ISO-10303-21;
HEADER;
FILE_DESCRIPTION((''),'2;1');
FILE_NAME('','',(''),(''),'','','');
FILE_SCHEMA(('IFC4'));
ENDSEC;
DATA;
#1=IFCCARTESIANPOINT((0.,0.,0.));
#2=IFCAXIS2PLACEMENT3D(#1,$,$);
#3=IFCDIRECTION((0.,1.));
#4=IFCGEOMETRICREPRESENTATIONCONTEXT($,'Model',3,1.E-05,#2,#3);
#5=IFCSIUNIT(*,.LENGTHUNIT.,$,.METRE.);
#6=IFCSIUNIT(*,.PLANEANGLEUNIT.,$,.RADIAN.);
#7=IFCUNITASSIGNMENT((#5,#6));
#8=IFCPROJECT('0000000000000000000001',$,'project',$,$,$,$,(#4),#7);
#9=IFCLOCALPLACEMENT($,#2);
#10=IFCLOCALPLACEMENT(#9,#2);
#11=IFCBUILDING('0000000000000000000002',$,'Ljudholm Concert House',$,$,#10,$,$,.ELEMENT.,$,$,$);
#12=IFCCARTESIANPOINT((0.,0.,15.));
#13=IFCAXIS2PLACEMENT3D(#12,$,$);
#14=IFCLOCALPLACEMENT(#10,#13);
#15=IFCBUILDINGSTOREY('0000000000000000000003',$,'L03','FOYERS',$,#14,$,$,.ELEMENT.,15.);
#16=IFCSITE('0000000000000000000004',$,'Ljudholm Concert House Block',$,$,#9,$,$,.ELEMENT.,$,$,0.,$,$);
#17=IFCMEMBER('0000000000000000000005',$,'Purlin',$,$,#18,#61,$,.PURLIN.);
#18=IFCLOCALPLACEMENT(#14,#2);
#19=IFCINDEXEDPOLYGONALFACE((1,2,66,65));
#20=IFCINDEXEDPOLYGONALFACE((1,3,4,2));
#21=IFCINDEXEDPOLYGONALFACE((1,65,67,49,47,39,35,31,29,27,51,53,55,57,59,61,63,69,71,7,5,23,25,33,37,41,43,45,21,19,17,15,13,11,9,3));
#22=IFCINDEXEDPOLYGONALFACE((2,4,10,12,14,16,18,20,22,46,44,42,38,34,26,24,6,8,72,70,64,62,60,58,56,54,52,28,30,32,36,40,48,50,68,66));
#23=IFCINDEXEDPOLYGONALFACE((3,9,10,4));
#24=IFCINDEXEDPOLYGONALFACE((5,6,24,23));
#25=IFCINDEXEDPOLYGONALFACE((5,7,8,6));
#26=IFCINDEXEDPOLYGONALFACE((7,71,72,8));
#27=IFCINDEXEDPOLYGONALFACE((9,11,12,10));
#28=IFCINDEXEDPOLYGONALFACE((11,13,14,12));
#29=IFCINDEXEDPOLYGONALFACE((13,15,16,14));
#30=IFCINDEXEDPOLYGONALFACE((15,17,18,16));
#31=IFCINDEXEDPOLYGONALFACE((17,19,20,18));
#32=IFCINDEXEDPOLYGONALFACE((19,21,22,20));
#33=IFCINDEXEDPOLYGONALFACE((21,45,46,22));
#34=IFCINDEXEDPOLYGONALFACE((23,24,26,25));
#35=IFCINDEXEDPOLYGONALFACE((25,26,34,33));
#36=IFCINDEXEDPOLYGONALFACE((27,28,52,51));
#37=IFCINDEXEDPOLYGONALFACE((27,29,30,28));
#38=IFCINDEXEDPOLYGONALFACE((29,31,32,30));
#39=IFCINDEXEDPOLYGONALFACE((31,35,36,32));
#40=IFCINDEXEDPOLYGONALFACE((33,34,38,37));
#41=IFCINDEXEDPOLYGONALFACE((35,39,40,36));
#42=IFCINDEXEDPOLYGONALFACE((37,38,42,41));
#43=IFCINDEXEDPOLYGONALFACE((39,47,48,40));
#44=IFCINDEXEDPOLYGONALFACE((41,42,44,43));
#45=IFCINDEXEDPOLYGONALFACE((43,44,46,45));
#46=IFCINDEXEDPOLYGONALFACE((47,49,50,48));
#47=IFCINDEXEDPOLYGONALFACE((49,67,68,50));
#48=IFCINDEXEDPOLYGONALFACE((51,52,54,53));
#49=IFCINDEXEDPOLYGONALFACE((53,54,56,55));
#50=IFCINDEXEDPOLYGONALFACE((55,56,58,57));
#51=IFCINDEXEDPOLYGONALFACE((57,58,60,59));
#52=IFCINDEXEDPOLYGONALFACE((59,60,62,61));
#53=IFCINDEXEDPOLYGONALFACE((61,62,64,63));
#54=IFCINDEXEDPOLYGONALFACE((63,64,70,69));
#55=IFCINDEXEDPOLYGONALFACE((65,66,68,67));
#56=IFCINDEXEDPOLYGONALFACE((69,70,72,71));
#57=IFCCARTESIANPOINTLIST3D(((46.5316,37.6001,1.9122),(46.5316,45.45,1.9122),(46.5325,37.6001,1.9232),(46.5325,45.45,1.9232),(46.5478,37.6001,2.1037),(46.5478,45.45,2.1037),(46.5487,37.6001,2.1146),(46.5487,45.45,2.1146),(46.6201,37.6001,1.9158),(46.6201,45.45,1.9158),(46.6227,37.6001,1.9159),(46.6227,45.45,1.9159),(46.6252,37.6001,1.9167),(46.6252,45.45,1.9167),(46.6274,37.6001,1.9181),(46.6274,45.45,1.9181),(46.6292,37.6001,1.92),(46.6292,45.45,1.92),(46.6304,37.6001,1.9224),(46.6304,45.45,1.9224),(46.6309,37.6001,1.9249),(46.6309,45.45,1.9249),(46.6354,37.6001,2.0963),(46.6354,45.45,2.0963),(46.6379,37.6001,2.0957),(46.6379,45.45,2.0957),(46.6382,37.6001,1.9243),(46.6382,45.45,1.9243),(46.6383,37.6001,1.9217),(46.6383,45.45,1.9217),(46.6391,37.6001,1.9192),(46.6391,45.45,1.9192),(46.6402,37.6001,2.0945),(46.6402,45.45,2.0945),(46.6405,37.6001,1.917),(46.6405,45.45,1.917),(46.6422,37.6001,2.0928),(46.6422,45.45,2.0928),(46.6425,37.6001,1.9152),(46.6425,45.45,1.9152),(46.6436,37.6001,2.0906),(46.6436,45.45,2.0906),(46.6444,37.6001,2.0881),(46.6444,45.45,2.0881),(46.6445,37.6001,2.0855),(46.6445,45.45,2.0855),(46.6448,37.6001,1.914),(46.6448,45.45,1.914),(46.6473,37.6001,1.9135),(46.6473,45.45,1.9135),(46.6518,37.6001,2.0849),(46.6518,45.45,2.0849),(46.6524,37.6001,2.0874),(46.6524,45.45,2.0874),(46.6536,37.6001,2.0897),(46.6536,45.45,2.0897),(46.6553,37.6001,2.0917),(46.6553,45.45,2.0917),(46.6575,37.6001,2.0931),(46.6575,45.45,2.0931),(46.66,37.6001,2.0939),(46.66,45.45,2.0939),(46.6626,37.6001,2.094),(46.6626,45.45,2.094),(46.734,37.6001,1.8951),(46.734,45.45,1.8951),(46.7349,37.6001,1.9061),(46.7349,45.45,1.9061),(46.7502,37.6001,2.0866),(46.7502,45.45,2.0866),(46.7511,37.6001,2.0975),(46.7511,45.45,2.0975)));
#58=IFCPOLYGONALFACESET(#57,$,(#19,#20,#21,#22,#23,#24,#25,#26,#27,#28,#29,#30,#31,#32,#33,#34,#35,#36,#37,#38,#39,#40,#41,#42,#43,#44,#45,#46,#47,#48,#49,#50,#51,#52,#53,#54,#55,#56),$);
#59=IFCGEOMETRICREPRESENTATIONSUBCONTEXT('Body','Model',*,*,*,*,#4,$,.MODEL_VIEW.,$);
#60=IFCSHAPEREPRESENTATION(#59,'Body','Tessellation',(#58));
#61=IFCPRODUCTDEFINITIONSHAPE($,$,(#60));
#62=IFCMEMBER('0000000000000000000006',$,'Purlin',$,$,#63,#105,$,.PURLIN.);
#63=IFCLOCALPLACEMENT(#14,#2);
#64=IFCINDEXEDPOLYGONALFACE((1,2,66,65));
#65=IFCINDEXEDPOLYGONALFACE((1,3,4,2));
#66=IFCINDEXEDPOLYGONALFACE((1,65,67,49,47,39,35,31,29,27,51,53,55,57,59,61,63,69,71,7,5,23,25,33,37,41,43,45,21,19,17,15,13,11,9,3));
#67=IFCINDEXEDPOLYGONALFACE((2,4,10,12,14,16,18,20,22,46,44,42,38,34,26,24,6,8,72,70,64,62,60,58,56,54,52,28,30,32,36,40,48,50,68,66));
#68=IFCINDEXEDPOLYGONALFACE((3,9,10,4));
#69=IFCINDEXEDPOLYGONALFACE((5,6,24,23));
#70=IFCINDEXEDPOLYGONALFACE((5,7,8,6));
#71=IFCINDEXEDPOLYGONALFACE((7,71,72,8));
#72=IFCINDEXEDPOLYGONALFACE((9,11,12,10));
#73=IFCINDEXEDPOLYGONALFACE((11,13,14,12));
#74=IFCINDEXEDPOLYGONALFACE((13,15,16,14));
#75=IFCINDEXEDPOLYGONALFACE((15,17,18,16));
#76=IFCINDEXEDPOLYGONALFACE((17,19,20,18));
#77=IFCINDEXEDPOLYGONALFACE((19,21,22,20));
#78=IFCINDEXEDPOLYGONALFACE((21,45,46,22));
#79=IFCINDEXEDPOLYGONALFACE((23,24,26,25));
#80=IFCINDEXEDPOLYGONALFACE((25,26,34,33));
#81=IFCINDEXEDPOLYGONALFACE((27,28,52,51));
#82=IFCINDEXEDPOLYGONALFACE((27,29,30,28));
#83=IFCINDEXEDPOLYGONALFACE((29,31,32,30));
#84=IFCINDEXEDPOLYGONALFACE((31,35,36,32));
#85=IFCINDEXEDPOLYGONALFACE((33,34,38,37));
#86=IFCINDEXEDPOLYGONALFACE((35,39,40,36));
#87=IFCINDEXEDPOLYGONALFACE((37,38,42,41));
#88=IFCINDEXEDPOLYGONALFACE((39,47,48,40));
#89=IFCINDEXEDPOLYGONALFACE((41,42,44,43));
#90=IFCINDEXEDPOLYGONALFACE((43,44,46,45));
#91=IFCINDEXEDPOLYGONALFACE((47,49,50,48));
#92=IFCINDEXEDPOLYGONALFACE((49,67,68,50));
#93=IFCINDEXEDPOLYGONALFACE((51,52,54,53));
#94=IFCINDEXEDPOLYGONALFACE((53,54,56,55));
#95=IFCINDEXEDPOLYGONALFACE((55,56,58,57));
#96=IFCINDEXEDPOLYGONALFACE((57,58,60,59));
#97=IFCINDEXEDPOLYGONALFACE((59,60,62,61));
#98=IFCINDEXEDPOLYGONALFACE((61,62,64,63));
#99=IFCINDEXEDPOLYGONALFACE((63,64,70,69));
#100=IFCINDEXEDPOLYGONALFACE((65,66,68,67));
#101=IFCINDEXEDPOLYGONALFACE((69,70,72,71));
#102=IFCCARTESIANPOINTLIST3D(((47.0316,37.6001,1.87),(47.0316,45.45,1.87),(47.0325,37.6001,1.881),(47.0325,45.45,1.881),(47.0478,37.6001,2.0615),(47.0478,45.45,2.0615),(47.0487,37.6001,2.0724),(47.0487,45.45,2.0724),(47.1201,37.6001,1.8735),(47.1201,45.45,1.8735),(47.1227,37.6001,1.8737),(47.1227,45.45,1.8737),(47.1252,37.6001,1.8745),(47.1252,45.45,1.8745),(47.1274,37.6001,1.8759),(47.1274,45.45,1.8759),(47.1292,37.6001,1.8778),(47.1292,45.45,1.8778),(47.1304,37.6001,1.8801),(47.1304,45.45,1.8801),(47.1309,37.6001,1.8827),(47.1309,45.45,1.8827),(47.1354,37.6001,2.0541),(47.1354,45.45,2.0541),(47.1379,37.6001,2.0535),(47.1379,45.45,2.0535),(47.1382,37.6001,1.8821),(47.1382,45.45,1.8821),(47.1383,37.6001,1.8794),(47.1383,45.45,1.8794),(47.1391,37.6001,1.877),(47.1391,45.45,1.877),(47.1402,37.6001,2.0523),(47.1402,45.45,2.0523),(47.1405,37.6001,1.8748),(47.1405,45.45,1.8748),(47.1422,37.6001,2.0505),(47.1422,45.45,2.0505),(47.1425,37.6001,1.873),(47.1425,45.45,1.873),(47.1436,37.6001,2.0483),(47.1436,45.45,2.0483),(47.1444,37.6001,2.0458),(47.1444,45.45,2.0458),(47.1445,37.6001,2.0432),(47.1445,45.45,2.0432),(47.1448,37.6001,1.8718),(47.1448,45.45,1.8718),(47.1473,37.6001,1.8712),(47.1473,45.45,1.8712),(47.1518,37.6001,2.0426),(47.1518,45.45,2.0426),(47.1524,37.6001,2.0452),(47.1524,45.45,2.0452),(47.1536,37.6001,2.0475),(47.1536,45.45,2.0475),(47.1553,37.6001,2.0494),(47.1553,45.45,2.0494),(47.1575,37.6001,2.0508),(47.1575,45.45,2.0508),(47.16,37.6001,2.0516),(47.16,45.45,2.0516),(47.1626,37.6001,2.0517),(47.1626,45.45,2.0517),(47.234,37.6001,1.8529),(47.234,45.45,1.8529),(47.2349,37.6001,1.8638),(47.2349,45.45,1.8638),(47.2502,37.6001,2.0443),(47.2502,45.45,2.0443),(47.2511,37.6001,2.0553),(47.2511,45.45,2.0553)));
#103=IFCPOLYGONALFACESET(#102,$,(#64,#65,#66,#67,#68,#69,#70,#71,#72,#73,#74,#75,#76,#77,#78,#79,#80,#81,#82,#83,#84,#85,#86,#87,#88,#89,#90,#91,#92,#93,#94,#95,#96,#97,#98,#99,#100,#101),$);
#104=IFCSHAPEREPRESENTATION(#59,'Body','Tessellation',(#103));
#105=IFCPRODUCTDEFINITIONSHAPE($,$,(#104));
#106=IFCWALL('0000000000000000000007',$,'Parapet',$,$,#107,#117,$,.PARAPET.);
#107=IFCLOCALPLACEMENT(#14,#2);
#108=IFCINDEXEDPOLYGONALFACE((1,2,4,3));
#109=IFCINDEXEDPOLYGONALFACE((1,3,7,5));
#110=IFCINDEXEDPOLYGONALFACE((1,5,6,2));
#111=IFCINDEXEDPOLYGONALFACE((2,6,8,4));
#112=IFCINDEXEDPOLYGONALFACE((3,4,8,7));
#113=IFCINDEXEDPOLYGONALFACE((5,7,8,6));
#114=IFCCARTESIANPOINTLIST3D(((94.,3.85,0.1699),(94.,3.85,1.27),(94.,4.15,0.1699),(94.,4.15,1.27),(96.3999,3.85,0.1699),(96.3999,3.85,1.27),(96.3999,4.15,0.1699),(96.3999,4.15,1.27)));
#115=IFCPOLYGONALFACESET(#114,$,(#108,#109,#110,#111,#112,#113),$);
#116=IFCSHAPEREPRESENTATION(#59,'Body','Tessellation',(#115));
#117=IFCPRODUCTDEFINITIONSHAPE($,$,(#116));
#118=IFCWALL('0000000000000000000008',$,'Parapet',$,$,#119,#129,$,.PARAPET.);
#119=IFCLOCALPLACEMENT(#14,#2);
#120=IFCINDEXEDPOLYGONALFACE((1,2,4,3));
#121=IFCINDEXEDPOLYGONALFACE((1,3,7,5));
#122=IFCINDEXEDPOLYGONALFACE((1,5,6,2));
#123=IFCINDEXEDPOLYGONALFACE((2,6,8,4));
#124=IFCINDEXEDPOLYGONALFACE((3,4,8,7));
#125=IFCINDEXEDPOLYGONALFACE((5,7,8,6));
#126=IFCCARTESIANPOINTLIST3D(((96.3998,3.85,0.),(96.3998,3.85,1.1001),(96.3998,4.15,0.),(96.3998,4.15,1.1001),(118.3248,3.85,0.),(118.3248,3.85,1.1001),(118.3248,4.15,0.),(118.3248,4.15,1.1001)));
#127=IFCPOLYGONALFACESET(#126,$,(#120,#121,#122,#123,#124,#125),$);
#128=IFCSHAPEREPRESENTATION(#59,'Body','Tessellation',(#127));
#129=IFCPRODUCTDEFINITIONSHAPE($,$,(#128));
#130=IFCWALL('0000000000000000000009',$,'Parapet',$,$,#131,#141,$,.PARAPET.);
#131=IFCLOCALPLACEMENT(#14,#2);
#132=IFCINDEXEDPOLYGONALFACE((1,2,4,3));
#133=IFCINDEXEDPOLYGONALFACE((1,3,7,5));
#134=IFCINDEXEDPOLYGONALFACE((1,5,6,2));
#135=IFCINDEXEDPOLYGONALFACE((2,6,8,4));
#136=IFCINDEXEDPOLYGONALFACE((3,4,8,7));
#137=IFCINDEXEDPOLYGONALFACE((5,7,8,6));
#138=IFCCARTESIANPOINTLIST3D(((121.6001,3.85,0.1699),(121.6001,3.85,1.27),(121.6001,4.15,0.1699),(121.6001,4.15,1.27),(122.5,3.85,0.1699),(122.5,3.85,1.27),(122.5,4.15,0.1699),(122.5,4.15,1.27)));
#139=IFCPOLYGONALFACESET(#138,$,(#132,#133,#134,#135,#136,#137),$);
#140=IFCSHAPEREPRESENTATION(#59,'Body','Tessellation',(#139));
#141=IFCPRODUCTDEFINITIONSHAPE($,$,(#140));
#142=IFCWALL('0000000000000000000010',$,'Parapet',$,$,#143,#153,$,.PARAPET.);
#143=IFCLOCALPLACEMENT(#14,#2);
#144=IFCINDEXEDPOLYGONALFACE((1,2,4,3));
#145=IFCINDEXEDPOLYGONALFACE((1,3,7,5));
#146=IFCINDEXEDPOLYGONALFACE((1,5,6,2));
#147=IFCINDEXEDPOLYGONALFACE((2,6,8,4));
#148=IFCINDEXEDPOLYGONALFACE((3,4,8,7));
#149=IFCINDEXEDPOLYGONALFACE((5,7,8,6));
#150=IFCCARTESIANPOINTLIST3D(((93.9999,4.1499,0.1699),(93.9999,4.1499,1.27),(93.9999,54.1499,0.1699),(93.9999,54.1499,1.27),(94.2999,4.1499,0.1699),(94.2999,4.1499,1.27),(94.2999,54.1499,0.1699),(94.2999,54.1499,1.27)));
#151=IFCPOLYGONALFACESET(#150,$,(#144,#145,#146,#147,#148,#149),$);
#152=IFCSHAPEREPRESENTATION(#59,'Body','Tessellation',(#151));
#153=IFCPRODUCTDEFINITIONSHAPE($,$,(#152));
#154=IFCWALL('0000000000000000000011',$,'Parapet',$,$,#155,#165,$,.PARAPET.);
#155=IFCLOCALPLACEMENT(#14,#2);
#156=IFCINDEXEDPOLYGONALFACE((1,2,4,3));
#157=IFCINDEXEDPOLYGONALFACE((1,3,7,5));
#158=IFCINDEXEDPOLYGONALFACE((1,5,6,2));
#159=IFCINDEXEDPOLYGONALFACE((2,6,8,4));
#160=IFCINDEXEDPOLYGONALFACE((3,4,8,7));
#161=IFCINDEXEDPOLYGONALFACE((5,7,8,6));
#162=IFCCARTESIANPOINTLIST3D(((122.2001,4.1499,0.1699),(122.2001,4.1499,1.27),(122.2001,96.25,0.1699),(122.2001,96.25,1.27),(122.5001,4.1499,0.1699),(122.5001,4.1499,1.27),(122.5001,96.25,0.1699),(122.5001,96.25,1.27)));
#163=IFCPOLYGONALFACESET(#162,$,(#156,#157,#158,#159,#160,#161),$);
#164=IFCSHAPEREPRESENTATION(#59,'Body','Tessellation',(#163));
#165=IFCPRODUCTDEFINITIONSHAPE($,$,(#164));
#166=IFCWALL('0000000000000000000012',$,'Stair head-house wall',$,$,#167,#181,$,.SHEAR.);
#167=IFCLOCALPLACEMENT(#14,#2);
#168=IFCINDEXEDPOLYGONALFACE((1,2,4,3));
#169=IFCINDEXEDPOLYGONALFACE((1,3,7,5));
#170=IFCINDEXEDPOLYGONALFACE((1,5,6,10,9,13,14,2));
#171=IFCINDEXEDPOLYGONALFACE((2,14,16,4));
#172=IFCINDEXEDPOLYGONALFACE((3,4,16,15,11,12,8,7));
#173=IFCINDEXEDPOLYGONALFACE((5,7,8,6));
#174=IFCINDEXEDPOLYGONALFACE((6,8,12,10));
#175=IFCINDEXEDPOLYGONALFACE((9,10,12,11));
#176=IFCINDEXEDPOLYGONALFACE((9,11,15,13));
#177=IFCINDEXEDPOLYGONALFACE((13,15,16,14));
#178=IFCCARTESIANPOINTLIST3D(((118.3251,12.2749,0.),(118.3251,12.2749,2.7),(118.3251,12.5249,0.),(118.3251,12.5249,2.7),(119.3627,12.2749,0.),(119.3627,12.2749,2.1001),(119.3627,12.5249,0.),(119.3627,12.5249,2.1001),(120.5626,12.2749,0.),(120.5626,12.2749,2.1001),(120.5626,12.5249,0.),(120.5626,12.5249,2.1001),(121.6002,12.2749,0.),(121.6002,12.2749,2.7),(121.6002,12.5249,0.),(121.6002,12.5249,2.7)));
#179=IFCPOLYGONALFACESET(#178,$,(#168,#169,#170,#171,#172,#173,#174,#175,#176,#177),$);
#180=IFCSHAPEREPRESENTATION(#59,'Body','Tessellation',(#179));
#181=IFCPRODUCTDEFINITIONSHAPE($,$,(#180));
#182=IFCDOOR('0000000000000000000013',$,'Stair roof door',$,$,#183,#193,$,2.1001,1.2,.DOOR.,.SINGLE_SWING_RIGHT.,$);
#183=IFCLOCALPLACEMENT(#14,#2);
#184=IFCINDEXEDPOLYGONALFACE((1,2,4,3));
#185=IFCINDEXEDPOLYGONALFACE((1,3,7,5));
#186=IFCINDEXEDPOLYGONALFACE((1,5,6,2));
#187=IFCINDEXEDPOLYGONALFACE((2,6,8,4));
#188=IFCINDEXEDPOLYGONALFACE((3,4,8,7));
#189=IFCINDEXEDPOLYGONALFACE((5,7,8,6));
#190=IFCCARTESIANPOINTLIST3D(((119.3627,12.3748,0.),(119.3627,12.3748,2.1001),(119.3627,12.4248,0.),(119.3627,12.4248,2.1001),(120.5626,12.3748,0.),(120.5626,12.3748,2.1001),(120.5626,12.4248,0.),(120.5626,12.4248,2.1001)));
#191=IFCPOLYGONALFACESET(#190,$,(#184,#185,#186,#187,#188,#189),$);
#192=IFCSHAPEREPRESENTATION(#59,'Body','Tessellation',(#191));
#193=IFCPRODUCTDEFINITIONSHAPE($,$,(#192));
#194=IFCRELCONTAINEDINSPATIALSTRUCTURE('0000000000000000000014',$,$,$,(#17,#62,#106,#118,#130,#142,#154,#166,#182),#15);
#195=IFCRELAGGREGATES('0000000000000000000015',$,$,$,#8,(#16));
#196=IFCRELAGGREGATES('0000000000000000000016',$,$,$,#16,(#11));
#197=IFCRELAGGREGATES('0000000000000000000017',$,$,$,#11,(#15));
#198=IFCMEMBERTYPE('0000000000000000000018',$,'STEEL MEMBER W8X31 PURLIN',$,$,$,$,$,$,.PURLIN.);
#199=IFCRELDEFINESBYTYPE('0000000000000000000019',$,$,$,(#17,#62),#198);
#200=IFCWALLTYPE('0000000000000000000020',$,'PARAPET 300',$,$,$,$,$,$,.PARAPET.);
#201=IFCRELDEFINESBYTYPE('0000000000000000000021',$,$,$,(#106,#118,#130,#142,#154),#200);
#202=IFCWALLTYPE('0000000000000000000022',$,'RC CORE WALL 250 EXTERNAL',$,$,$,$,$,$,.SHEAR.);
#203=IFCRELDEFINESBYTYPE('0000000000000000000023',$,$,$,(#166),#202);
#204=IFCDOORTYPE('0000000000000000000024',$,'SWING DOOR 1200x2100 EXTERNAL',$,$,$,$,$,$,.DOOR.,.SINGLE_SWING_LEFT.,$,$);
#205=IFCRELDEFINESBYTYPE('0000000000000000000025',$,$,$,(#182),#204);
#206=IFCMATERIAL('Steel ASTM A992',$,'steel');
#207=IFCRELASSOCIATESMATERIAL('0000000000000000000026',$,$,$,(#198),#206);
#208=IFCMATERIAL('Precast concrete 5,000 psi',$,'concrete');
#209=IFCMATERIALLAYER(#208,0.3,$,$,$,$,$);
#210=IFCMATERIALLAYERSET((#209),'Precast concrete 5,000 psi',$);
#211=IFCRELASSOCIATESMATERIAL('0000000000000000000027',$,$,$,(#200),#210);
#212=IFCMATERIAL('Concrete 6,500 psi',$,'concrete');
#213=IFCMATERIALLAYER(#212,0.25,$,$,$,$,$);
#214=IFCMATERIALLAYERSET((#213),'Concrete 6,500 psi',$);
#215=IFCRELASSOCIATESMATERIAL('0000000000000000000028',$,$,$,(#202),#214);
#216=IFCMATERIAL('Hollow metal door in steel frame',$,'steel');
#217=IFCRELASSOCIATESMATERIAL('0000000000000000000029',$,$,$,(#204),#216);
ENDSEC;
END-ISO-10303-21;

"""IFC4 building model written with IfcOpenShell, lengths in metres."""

from ifc_helpers import new_model, si_unit, direction, frame, frame_2d, origin, origin_2d, place, context, subcontext, project, spatial, rectangle, i_section, extrude, material, layer, layer_set, material_profile, profile_set, type_object, element, fill, save


model = new_model("IFC4")

# Units and contexts
model_context = context("Model", 3, precision=1e-05, world=origin(), true_north=direction((0.0, 1.0)))
body_context = subcontext(model_context, "Body", "Model", "MODEL_VIEW")
ifc_project = project(units=[si_unit("LENGTHUNIT", "METRE"), si_unit("PLANEANGLEUNIT", "RADIAN")], contexts=[model_context])

# Site, building, storey
site_placement = place(None, origin())
site = spatial("IfcSite", under=ifc_project, at=site_placement, Name="Ljudholm Concert House Block", CompositionType="ELEMENT", RefElevation=0.0)
building_placement = place(site_placement, origin())
building = spatial("IfcBuilding", under=site, at=building_placement, Name="Ljudholm Concert House", CompositionType="ELEMENT")
storey_placement = place(building_placement, frame((0.0, 0.0, 15.0)))
storey = spatial("IfcBuildingStorey", under=building, at=storey_placement, Name="L03", Description="FOYERS", CompositionType="ELEMENT", Elevation=15.0)

# Members
ifc_material_1 = material(Name="Steel ASTM A992", Category="steel")
ifc_material_profile = material_profile(ifc_material_1, i_section(OverallWidth=0.2031, OverallDepth=0.2031, WebThickness=0.0073, FlangeThickness=0.011, FilletRadius=0.01, at=origin_2d()), Name="W8X31")
ifc_profile_set = profile_set([ifc_material_profile], Name="Steel ASTM A992")
member_type = type_object("IfcMemberType", Name="STEEL MEMBER W8X31 PURLIN", PredefinedType="PURLIN", material=ifc_profile_set)
for number, where, z_axis, x_axis, name in (
    (1, (46.6414, 37.6001, 2.0049), (0.0, 1.0, 0.0), (-0.996441, 0.0, 0.084291), "Purlin"),
    (2, (47.1414, 37.6001, 1.9626), (0.0, 1.0, 0.0), (-0.996441, 0.0, 0.084291), "Purlin"),
):
    element("IfcMember", number, at=place(storey_placement, frame(where, z_axis=z_axis, x_axis=x_axis)), inside=storey, type_object=member_type, Name=name, PredefinedType="PURLIN", context=body_context, shape_type="SweptSolid", body=[
        extrude(i_section(OverallWidth=0.2031, OverallDepth=0.2031, WebThickness=0.0073, FlangeThickness=0.011, FilletRadius=0.01, at=origin_2d()), origin(), (0.0, 0.0, 1.0), 7.8499),
    ])

# Walls
ifc_material_2 = material(Name="Precast concrete 5,000 psi", Category="concrete")
ifc_layer_1 = layer(ifc_material_2, 0.3)
ifc_layer_set_1 = layer_set([ifc_layer_1], Name="Precast concrete 5,000 psi")
wall_type_1 = type_object("IfcWallType", Name="PARAPET 300", PredefinedType="PARAPET", material=ifc_layer_set_1)
wall_1_placement = place(storey_placement, frame((94.0, 4.0, 0.1699), z_axis=(0.0, 0.0, 1.0), x_axis=(1.0, 0.0, 0.0)))
element("IfcWall", 3, at=wall_1_placement, inside=storey, type_object=wall_type_1, Name="Parapet", PredefinedType="PARAPET", context=body_context, shape_type="SweptSolid", body=[
    extrude(rectangle(XDim=2.3999, YDim=0.3, at=frame_2d((1.2, 0.0))), origin(), (0.0, 0.0, 1.0), 1.1001),
])
wall_2_placement = place(storey_placement, frame((96.3999, 4.0, 0.0), z_axis=(0.0, 0.0, 1.0), x_axis=(1.0, 0.0, 0.0)))
element("IfcWall", 4, at=wall_2_placement, inside=storey, type_object=wall_type_1, Name="Parapet", PredefinedType="PARAPET", context=body_context, shape_type="SweptSolid", body=[
    extrude(rectangle(XDim=21.925, YDim=0.3, at=frame_2d((10.9624, 0.0))), origin(), (0.0, 0.0, 1.0), 1.1001),
])
wall_3_placement = place(storey_placement, frame((121.6001, 4.0, 0.1699), z_axis=(0.0, 0.0, 1.0), x_axis=(1.0, 0.0, 0.0)))
element("IfcWall", 5, at=wall_3_placement, inside=storey, type_object=wall_type_1, Name="Parapet", PredefinedType="PARAPET", context=body_context, shape_type="SweptSolid", body=[
    extrude(rectangle(XDim=0.8999, YDim=0.3, at=frame_2d((0.45, 0.0))), origin(), (0.0, 0.0, 1.0), 1.1001),
])
wall_4_placement = place(storey_placement, frame((94.1499, 4.1499, 0.1699), z_axis=(0.0, 0.0, 1.0), x_axis=(0.0, 1.0, 0.0)))
element("IfcWall", 6, at=wall_4_placement, inside=storey, type_object=wall_type_1, Name="Parapet", PredefinedType="PARAPET", context=body_context, shape_type="SweptSolid", body=[
    extrude(rectangle(XDim=50.0, YDim=0.3, at=frame_2d((25.0, 0.0))), origin(), (0.0, 0.0, 1.0), 1.1001),
])
wall_5_placement = place(storey_placement, frame((122.3501, 4.1499, 0.1699), z_axis=(0.0, 0.0, 1.0), x_axis=(0.0, 1.0, 0.0)))
element("IfcWall", 7, at=wall_5_placement, inside=storey, type_object=wall_type_1, Name="Parapet", PredefinedType="PARAPET", context=body_context, shape_type="SweptSolid", body=[
    extrude(rectangle(XDim=92.1001, YDim=0.3, at=frame_2d((46.05, 0.0))), origin(), (0.0, 0.0, 1.0), 1.1001),
])

# Wall, opening, door
ifc_material_3 = material(Name="Concrete 6,500 psi", Category="concrete")
ifc_layer_2 = layer(ifc_material_3, 0.25)
ifc_layer_set_2 = layer_set([ifc_layer_2], Name="Concrete 6,500 psi")
wall_type_2 = type_object("IfcWallType", Name="RC CORE WALL 250 EXTERNAL", PredefinedType="SHEAR", material=ifc_layer_set_2)
wall_6_placement = place(storey_placement, frame((118.325, 12.3999, 0.0), z_axis=(0.0, 0.0, 1.0), x_axis=(1.0, 0.0, 0.0)))
wall_6 = element("IfcWall", 8, at=wall_6_placement, inside=storey, type_object=wall_type_2, Name="Stair head-house wall", PredefinedType="SHEAR", context=body_context, shape_type="SweptSolid", body=[
    extrude(rectangle(XDim=3.2751, YDim=0.25, at=frame_2d((1.6377, 0.0))), origin(), (0.0, 0.0, 1.0), 2.7),
])
opening_1_placement = place(wall_6_placement, frame((1.0376, 0.0, 0.0)))
opening_1 = element("IfcOpeningElement", 9, at=opening_1_placement, cuts=wall_6, PredefinedType="OPENING", context=body_context, shape_type="SweptSolid", body=[
    extrude(rectangle(XDim=1.2, YDim=2.1001, at=frame_2d((0.6001, 1.05))), frame((0.0, 0.135, 0.0), z_axis=(0.0, -1.0, 0.0), x_axis=(1.0, 0.0, 0.0)), (0.0, 0.0, 1.0), 0.27),
])
ifc_material_4 = material(Name="Hollow metal door in steel frame", Category="steel")
door_type_1 = type_object("IfcDoorType", Name="SWING DOOR 1200x2100 EXTERNAL", OperationType="SINGLE_SWING_LEFT", PredefinedType="DOOR", material=ifc_material_4)
door_1_placement = place(opening_1_placement, origin())
door_1 = element("IfcDoor", 10, at=door_1_placement, inside=storey, type_object=door_type_1, Name="Stair roof door", OperationType="SINGLE_SWING_RIGHT", OverallHeight=2.1001, OverallWidth=1.2, PredefinedType="DOOR", context=body_context, shape_type="SweptSolid", body=[
    extrude(rectangle(XDim=1.2, YDim=2.1001, at=frame_2d((0.6001, 1.05))), frame((0.0, 0.0249, 0.0), z_axis=(0.0, -1.0, 0.0), x_axis=(1.0, 0.0, 0.0)), (0.0, 0.0, 1.0), 0.05),
])
fill(opening_1, door_1)

save(model, "model.ifc")
